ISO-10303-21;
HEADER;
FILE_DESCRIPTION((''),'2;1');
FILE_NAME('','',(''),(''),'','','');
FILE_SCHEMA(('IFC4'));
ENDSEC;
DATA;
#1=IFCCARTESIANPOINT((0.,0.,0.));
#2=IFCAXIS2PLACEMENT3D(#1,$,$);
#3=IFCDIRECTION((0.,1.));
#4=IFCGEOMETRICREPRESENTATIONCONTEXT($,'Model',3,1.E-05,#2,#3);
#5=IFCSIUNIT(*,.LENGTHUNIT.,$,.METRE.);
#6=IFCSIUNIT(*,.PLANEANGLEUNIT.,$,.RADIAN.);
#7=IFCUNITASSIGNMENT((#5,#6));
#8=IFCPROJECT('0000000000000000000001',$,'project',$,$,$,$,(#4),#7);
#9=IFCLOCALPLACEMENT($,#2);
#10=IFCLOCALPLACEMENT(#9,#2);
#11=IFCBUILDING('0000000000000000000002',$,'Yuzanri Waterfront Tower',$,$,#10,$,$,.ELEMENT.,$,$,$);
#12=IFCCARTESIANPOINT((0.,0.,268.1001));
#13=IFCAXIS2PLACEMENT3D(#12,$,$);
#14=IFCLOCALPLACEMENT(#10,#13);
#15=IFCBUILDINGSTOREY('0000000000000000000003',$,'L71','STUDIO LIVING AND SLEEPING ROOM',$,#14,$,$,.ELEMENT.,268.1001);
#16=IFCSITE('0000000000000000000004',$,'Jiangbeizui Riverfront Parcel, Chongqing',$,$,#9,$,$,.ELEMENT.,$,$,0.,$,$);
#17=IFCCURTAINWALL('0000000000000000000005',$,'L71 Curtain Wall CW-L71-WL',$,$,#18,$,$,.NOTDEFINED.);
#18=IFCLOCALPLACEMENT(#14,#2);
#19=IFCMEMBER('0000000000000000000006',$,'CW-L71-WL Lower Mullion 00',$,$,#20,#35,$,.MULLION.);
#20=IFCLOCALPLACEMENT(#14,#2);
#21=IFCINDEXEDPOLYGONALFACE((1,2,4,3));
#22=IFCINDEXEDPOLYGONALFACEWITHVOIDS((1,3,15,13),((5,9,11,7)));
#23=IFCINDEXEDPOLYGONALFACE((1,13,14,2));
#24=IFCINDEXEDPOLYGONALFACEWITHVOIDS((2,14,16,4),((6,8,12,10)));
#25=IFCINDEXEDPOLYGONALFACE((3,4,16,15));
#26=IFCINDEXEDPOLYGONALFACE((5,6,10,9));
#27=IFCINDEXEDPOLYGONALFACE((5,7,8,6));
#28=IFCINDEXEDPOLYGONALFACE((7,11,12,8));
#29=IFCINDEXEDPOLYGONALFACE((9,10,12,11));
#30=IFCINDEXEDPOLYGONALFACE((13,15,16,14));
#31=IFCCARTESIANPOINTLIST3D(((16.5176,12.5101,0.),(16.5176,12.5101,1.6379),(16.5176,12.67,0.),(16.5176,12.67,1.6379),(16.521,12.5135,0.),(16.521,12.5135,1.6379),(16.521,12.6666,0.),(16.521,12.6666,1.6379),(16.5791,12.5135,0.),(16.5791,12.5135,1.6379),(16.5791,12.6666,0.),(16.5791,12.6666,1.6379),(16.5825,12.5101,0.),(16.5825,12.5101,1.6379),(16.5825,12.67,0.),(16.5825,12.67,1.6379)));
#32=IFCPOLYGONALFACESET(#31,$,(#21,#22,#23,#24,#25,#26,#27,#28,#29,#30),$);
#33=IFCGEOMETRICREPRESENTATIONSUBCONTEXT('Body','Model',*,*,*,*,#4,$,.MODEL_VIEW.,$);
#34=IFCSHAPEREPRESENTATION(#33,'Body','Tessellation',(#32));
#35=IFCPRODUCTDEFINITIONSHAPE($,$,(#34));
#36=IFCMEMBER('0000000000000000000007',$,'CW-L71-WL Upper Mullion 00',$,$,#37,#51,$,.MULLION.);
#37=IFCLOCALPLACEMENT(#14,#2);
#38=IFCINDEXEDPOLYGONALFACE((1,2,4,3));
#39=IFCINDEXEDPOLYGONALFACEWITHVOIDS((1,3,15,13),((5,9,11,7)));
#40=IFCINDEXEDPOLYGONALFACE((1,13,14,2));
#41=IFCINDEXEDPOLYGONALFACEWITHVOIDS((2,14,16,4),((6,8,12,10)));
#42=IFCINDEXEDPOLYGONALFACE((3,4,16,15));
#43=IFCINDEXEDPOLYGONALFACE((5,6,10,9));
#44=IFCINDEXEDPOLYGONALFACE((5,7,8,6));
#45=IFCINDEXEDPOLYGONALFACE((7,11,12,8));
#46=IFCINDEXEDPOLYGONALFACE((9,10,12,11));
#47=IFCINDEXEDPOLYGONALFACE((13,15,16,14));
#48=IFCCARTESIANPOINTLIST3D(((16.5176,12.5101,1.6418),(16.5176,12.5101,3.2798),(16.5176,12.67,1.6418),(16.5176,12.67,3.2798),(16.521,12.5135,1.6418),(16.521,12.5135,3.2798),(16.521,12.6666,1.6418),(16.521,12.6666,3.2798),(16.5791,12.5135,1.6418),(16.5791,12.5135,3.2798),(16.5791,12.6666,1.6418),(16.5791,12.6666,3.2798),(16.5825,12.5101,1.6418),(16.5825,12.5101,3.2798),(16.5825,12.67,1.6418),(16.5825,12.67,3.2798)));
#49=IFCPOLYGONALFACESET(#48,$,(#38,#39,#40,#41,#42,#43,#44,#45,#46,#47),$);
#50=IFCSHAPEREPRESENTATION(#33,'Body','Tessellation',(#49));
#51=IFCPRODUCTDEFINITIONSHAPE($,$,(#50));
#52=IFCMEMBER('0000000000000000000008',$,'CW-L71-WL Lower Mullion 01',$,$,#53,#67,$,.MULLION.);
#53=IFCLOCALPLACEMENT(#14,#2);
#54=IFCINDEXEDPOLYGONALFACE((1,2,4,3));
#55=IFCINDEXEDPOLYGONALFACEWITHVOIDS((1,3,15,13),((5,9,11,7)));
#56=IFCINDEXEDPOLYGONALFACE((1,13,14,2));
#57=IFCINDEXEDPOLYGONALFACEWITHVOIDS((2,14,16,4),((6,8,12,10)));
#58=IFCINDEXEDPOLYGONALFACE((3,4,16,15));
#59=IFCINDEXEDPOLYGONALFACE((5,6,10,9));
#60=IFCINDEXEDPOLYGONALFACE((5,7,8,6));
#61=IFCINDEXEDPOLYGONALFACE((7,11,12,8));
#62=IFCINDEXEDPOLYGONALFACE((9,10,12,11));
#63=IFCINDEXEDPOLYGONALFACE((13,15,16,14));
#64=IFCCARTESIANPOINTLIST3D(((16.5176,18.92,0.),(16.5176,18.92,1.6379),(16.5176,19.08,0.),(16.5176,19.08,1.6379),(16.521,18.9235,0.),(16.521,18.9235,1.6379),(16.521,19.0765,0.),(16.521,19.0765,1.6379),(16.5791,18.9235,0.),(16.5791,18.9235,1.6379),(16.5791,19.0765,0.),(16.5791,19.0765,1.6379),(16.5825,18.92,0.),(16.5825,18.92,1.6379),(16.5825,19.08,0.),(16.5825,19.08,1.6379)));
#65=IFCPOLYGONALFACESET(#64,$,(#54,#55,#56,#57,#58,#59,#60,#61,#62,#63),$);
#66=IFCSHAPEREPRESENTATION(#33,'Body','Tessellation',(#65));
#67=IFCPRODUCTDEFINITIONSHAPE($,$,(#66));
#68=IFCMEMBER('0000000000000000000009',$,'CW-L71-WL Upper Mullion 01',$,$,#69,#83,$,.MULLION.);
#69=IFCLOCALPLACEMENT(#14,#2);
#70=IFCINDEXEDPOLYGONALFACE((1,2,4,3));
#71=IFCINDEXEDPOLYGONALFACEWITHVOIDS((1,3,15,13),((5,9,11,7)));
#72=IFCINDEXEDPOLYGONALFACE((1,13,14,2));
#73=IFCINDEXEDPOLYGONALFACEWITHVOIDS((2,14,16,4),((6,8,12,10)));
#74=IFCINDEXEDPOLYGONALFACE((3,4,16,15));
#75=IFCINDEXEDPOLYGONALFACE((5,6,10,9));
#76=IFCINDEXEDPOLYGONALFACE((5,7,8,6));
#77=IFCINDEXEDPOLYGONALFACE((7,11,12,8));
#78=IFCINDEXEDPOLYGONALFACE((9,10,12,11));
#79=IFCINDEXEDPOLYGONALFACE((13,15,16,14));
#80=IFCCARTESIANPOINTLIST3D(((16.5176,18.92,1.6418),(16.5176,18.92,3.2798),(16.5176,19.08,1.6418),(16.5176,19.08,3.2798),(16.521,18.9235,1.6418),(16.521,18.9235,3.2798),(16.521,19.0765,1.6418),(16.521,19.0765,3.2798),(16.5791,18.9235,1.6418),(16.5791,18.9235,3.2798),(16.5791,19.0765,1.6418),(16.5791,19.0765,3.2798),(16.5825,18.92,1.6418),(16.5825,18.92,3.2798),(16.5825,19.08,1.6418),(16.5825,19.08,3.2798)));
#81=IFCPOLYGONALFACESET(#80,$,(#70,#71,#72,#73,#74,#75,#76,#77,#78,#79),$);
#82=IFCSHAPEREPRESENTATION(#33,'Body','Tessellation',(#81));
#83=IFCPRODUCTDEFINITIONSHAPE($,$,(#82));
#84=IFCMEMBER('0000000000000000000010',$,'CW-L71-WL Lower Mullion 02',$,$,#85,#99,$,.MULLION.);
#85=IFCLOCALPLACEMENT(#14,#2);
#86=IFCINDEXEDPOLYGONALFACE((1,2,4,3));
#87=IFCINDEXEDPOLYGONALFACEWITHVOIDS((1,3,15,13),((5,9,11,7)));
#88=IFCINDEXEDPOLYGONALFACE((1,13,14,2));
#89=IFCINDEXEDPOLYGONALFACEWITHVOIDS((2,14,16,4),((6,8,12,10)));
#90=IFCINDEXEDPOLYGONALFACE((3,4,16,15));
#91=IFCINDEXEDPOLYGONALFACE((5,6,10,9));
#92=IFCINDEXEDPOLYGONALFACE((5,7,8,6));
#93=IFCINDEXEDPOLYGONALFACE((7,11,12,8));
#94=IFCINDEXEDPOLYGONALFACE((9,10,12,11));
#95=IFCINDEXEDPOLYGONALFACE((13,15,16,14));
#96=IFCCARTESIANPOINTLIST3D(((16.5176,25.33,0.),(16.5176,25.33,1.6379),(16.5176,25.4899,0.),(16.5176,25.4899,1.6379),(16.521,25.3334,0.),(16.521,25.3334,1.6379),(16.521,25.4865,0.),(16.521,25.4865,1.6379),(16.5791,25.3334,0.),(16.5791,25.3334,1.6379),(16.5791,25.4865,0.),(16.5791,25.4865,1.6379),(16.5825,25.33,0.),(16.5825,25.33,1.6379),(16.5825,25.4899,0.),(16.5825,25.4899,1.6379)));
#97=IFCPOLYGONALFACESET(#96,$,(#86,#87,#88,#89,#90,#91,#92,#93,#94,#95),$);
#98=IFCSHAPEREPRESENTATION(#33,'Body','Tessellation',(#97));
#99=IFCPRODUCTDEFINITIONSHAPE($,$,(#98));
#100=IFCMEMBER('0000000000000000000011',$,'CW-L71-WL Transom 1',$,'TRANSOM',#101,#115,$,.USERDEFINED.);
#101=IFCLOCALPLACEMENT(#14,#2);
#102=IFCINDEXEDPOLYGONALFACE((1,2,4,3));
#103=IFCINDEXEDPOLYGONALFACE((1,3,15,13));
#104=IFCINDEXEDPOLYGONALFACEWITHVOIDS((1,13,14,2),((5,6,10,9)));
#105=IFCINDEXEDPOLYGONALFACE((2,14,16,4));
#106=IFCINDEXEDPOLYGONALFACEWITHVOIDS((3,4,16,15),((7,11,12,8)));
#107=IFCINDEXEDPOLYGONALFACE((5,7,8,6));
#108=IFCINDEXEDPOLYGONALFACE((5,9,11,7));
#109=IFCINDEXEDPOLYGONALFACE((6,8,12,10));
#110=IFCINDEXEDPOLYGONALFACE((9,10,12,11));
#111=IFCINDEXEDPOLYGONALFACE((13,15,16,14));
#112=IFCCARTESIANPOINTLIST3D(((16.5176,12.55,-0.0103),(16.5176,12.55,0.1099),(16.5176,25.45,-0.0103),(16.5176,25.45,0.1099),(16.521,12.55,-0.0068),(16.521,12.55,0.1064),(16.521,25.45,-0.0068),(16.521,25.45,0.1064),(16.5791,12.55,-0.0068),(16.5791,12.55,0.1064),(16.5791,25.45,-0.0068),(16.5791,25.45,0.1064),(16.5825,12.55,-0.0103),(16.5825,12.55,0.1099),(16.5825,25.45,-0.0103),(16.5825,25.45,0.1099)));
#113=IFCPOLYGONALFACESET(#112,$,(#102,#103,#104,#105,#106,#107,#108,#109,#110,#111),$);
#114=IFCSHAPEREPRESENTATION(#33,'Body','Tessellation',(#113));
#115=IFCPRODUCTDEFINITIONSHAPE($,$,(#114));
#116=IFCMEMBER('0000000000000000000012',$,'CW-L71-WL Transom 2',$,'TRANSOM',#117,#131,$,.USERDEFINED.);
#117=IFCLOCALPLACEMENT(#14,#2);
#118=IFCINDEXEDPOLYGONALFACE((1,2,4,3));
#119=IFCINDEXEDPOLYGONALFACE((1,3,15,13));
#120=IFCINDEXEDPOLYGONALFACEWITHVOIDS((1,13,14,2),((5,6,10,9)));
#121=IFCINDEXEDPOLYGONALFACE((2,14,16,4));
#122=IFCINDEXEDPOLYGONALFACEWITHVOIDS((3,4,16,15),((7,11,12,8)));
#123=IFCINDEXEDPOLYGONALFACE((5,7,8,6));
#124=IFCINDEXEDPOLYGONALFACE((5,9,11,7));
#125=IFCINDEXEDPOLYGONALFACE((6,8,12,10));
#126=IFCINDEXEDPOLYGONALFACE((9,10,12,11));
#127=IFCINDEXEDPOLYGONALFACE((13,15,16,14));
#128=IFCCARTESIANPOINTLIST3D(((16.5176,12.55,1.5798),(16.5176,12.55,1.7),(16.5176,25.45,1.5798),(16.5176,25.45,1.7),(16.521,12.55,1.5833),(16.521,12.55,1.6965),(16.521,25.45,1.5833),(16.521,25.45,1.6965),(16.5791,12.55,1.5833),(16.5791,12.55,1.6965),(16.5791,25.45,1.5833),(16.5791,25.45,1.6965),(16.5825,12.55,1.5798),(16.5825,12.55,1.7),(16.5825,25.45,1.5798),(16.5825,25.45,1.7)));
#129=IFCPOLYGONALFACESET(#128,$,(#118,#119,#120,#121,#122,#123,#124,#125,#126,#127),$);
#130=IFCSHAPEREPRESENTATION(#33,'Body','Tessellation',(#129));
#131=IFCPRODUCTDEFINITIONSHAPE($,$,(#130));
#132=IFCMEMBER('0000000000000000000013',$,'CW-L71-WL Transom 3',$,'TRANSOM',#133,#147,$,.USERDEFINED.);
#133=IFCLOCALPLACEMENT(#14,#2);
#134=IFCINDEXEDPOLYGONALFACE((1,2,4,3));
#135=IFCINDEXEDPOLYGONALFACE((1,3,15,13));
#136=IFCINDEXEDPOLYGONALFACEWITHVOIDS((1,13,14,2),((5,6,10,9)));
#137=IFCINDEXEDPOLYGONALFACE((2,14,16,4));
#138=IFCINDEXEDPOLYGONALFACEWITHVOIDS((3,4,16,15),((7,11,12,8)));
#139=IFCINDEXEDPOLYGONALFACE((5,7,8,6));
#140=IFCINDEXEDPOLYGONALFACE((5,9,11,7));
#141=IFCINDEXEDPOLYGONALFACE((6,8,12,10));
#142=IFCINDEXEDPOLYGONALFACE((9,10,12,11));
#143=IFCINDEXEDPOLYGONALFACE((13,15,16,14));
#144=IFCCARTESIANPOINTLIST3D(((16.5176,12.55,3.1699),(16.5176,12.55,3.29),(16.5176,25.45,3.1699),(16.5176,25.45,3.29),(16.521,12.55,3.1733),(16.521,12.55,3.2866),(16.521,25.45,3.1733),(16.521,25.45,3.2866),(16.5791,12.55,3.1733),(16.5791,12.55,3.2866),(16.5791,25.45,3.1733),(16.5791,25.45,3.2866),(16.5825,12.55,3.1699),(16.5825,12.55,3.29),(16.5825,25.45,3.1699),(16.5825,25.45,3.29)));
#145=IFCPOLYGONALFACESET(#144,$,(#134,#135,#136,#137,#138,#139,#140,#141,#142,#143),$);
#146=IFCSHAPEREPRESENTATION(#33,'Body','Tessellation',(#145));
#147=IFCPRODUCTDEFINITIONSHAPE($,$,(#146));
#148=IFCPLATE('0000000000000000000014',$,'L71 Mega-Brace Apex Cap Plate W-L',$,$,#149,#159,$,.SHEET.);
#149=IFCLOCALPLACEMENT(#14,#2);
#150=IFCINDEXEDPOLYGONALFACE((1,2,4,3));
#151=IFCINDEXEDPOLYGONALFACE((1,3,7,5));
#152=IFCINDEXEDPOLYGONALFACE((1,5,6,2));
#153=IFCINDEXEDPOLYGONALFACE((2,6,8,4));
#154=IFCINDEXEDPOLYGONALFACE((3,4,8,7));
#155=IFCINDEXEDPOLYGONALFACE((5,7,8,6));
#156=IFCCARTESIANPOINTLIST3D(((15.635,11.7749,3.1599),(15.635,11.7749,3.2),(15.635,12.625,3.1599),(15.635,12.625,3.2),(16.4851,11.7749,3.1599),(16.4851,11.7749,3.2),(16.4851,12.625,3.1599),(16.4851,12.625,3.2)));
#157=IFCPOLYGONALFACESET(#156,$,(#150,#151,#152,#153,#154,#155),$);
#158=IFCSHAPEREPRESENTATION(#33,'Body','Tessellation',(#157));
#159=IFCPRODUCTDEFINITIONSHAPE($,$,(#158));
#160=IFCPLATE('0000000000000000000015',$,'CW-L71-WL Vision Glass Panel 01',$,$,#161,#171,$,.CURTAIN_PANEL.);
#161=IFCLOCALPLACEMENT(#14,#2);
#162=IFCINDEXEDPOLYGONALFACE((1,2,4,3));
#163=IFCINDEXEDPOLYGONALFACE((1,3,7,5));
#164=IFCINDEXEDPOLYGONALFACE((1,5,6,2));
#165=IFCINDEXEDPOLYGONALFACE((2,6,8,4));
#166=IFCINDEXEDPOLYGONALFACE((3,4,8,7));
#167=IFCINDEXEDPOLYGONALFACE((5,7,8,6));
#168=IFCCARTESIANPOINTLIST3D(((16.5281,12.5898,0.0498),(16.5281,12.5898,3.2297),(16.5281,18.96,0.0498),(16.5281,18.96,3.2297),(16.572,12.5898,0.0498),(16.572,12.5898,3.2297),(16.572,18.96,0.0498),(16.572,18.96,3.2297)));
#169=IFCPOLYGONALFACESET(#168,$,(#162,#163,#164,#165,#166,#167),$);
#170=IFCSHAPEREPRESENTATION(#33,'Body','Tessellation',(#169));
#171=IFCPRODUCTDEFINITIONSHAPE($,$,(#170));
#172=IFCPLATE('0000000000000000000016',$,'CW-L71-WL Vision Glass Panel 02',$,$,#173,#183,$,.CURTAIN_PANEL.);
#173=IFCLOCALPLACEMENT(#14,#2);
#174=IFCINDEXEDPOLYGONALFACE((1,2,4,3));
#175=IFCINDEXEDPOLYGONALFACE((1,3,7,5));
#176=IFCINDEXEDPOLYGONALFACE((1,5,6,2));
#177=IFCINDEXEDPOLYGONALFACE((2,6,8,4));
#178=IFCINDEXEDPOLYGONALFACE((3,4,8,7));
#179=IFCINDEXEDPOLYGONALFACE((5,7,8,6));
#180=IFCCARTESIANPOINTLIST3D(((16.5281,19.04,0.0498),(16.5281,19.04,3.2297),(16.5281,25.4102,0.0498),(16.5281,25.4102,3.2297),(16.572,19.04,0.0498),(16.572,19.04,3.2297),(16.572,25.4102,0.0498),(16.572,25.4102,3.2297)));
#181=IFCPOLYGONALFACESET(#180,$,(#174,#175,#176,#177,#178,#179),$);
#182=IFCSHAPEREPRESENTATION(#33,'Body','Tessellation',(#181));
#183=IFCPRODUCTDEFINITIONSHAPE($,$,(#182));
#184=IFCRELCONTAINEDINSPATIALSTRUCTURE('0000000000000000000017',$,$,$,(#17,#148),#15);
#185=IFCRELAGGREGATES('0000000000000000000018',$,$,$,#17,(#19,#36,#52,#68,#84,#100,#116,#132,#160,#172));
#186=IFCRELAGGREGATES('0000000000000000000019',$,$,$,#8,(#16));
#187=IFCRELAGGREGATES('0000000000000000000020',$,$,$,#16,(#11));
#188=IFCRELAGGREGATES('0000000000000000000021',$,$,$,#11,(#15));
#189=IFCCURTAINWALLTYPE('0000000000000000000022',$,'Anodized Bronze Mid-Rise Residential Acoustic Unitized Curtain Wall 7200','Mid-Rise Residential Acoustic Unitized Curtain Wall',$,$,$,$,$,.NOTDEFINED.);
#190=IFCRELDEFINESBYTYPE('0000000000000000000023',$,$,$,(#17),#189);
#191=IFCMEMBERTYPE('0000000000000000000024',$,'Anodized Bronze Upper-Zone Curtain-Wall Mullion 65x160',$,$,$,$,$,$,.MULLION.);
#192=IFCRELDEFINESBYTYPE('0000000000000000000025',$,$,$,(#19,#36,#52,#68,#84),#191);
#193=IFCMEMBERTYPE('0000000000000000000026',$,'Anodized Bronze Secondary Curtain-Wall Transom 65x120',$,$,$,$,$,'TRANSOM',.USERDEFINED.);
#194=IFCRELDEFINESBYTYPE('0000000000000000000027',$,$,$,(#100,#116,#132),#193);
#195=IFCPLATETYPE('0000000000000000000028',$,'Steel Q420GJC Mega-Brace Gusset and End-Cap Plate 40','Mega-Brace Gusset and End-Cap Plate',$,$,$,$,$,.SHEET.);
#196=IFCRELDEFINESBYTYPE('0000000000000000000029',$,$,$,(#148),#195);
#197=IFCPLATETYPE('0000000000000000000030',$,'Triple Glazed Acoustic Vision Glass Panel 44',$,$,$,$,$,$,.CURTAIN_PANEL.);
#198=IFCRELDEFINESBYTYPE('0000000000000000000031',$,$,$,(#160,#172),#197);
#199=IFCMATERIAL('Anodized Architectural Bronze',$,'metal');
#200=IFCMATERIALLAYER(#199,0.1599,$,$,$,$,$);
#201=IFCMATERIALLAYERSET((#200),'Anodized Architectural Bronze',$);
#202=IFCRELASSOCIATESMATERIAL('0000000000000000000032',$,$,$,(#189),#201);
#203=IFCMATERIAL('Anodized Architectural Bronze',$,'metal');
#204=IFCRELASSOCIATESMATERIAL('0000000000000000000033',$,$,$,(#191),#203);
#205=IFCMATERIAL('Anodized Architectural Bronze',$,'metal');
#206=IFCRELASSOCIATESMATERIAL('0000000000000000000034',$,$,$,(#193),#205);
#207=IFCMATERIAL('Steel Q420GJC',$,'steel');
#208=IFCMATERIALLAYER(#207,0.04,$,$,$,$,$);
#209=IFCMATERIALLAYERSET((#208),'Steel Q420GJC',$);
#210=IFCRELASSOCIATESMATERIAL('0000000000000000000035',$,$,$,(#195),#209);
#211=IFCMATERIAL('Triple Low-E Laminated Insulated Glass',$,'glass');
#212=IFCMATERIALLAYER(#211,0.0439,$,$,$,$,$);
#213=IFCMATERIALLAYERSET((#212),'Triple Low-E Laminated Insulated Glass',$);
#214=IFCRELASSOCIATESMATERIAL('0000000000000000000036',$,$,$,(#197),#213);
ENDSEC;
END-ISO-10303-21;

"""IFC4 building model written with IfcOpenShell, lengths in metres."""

from ifc_helpers import new_model, si_unit, direction, frame, origin, origin_2d, place, context, subcontext, project, spatial, rectangle, hollow_rectangle, extrude, source, transform, mapped, material, layer, layer_set, material_profile, profile_set, type_object, element, aggregate, save


model = new_model("IFC4")

# Units and contexts
model_context = context("Model", 3, precision=1e-05, world=origin(), true_north=direction((0.0, 1.0)))
body_context = subcontext(model_context, "Body", "Model", "MODEL_VIEW")
ifc_project = project(units=[si_unit("LENGTHUNIT", "METRE"), si_unit("PLANEANGLEUNIT", "RADIAN")], contexts=[model_context])

# Site, building, storey
site_placement = place(None, origin())
site = spatial("IfcSite", under=ifc_project, at=site_placement, Name="Jiangbeizui Riverfront Parcel, Chongqing", CompositionType="ELEMENT", RefElevation=0.0)
building_placement = place(site_placement, origin())
building = spatial("IfcBuilding", under=site, at=building_placement, Name="Yuzanri Waterfront Tower", CompositionType="ELEMENT")
storey_placement = place(building_placement, frame((0.0, 0.0, 268.1001)))
storey = spatial("IfcBuildingStorey", under=building, at=storey_placement, Name="L71", Description="STUDIO LIVING AND SLEEPING ROOM", CompositionType="ELEMENT", Elevation=268.1001)

# Curtain wall, members
ifc_material_1 = material(Name="Anodized Architectural Bronze", Category="metal")
ifc_layer_1 = layer(ifc_material_1, 0.1599)
ifc_layer_set_1 = layer_set([ifc_layer_1], Name="Anodized Architectural Bronze")
curtain_wall_type = type_object("IfcCurtainWallType", Name="Anodized Bronze Mid-Rise Residential Acoustic Unitized Curtain Wall 7200", Description="Mid-Rise Residential Acoustic Unitized Curtain Wall", PredefinedType="NOTDEFINED", material=ifc_layer_set_1)
curtain_wall_placement = place(storey_placement, origin())
curtain_wall = element("IfcCurtainWall", 1, at=curtain_wall_placement, inside=storey, type_object=curtain_wall_type, Name="L71 Curtain Wall CW-L71-WL", PredefinedType="NOTDEFINED")
ifc_material_2 = material(Name="Anodized Architectural Bronze", Category="metal")
ifc_material_profile_1 = material_profile(ifc_material_2, hollow_rectangle(XDim=0.0649, YDim=0.1599, WallThickness=0.0034, at=origin_2d()), Name="CWM 65x160")
ifc_profile_set_1 = profile_set([ifc_material_profile_1], Name="Anodized Architectural Bronze")
member_type_1 = type_object("IfcMemberType", Name="Anodized Bronze Upper-Zone Curtain-Wall Mullion 65x160", PredefinedType="MULLION", material=ifc_profile_set_1)
shared_shape_1 = source(origin(), body_context, "Body", "SweptSolid", [
    extrude(hollow_rectangle(XDim=0.0649, YDim=0.1599, WallThickness=0.0034, at=origin_2d()), origin(), (0.0, 0.0, 1.0), 1.6379),
])
member_1_placement = place(storey_placement, frame((16.55, 12.5901, 0.0), z_axis=(0.0, 0.0, 1.0), x_axis=(1.0, 0.0, 0.0)))
member_1 = element("IfcMember", 2, at=member_1_placement, type_object=member_type_1, Name="CW-L71-WL Lower Mullion 00", PredefinedType="MULLION", context=body_context, shape_type="MappedRepresentation", body=[
    mapped(shared_shape_1, transform((0.0, 0.0, 0.0), scale=1.0)),
])
member_2_placement = place(storey_placement, frame((16.55, 12.5901, 1.6418), z_axis=(0.0, 0.0, 1.0), x_axis=(1.0, 0.0, 0.0)))
member_2 = element("IfcMember", 3, at=member_2_placement, type_object=member_type_1, Name="CW-L71-WL Upper Mullion 00", PredefinedType="MULLION", context=body_context, shape_type="MappedRepresentation", body=[
    mapped(shared_shape_1, transform((0.0, 0.0, 0.0), scale=1.0)),
])
member_3_placement = place(storey_placement, frame((16.55, 19.0, 0.0), z_axis=(0.0, 0.0, 1.0), x_axis=(1.0, 0.0, 0.0)))
member_3 = element("IfcMember", 4, at=member_3_placement, type_object=member_type_1, Name="CW-L71-WL Lower Mullion 01", PredefinedType="MULLION", context=body_context, shape_type="MappedRepresentation", body=[
    mapped(shared_shape_1, transform((0.0, 0.0, 0.0), scale=1.0)),
])
member_4_placement = place(storey_placement, frame((16.55, 19.0, 1.6418), z_axis=(0.0, 0.0, 1.0), x_axis=(1.0, 0.0, 0.0)))
member_4 = element("IfcMember", 5, at=member_4_placement, type_object=member_type_1, Name="CW-L71-WL Upper Mullion 01", PredefinedType="MULLION", context=body_context, shape_type="MappedRepresentation", body=[
    mapped(shared_shape_1, transform((0.0, 0.0, 0.0), scale=1.0)),
])
member_5_placement = place(storey_placement, frame((16.55, 25.4099, 0.0), z_axis=(0.0, 0.0, 1.0), x_axis=(1.0, 0.0, 0.0)))
member_5 = element("IfcMember", 6, at=member_5_placement, type_object=member_type_1, Name="CW-L71-WL Lower Mullion 02", PredefinedType="MULLION", context=body_context, shape_type="MappedRepresentation", body=[
    mapped(shared_shape_1, transform((0.0, 0.0, 0.0), scale=1.0)),
])
ifc_material_3 = material(Name="Anodized Architectural Bronze", Category="metal")
ifc_material_profile_2 = material_profile(ifc_material_3, hollow_rectangle(XDim=0.0649, YDim=0.1201, WallThickness=0.0034, at=origin_2d()), Name="CWT 65x120")
ifc_profile_set_2 = profile_set([ifc_material_profile_2], Name="Anodized Architectural Bronze")
member_type_2 = type_object("IfcMemberType", Name="Anodized Bronze Secondary Curtain-Wall Transom 65x120", ElementType="TRANSOM", PredefinedType="USERDEFINED", material=ifc_profile_set_2)
shared_shape_2 = source(origin(), body_context, "Body", "SweptSolid", [
    extrude(hollow_rectangle(XDim=0.0649, YDim=0.1201, WallThickness=0.0034, at=origin_2d()), origin(), (0.0, 0.0, 1.0), 12.8999),
])
member_6_placement = place(storey_placement, frame((16.55, 12.55, 0.0498), z_axis=(0.0, 1.0, 0.0), x_axis=(-1.0, 0.0, 0.0)))
member_6 = element("IfcMember", 7, at=member_6_placement, type_object=member_type_2, Name="CW-L71-WL Transom 1", ObjectType="TRANSOM", PredefinedType="USERDEFINED", context=body_context, shape_type="MappedRepresentation", body=[
    mapped(shared_shape_2, transform((0.0, 0.0, 0.0), scale=1.0)),
])
member_7_placement = place(storey_placement, frame((16.55, 12.55, 1.6399), z_axis=(0.0, 1.0, 0.0), x_axis=(-1.0, 0.0, 0.0)))
member_7 = element("IfcMember", 8, at=member_7_placement, type_object=member_type_2, Name="CW-L71-WL Transom 2", ObjectType="TRANSOM", PredefinedType="USERDEFINED", context=body_context, shape_type="MappedRepresentation", body=[
    mapped(shared_shape_2, transform((0.0, 0.0, 0.0), scale=1.0)),
])
member_8_placement = place(storey_placement, frame((16.55, 12.55, 3.23), z_axis=(0.0, 1.0, 0.0), x_axis=(-1.0, 0.0, 0.0)))
member_8 = element("IfcMember", 9, at=member_8_placement, type_object=member_type_2, Name="CW-L71-WL Transom 3", ObjectType="TRANSOM", PredefinedType="USERDEFINED", context=body_context, shape_type="MappedRepresentation", body=[
    mapped(shared_shape_2, transform((0.0, 0.0, 0.0), scale=1.0)),
])

# Plates
ifc_material_4 = material(Name="Steel Q420GJC", Category="steel")
ifc_layer_2 = layer(ifc_material_4, 0.04)
ifc_layer_set_2 = layer_set([ifc_layer_2], Name="Steel Q420GJC")
plate_type_1 = type_object("IfcPlateType", Name="Steel Q420GJC Mega-Brace Gusset and End-Cap Plate 40", Description="Mega-Brace Gusset and End-Cap Plate", PredefinedType="SHEET", material=ifc_layer_set_2)
shared_shape_3 = source(origin(), body_context, "Body", "SweptSolid", [
    extrude(rectangle(XDim=0.8501, YDim=0.8501, at=origin_2d()), origin(), (0.0, 0.0, 1.0), 0.04),
])
plate_1_placement = place(storey_placement, frame((16.0601, 12.2, 3.1599), z_axis=(0.0, 0.0, 1.0), x_axis=(1.0, 0.0, 0.0)))
element("IfcPlate", 10, at=plate_1_placement, inside=storey, type_object=plate_type_1, Name="L71 Mega-Brace Apex Cap Plate W-L", PredefinedType="SHEET", context=body_context, shape_type="MappedRepresentation", body=[
    mapped(shared_shape_3, transform((0.0, 0.0, 0.0), scale=1.0)),
])
ifc_material_5 = material(Name="Triple Low-E Laminated Insulated Glass", Category="glass")
ifc_layer_3 = layer(ifc_material_5, 0.0439)
ifc_layer_set_3 = layer_set([ifc_layer_3], Name="Triple Low-E Laminated Insulated Glass")
plate_type_2 = type_object("IfcPlateType", Name="Triple Glazed Acoustic Vision Glass Panel 44", PredefinedType="CURTAIN_PANEL", material=ifc_layer_set_3)
shared_shape_4 = source(origin(), body_context, "Body", "SweptSolid", [
    extrude(rectangle(XDim=6.3701, YDim=0.0439, at=origin_2d()), origin(), (0.0, 0.0, 1.0), 3.1799),
])
plate_2_placement = place(storey_placement, frame((16.55, 15.7749, 0.0498), z_axis=(0.0, 0.0, 1.0), x_axis=(0.0, 1.0, 0.0)))
plate_2 = element("IfcPlate", 11, at=plate_2_placement, type_object=plate_type_2, Name="CW-L71-WL Vision Glass Panel 01", PredefinedType="CURTAIN_PANEL", context=body_context, shape_type="MappedRepresentation", body=[
    mapped(shared_shape_4, transform((0.0, 0.0, 0.0), scale=1.0)),
])
plate_3_placement = place(storey_placement, frame((16.55, 22.2251, 0.0498), z_axis=(0.0, 0.0, 1.0), x_axis=(0.0, 1.0, 0.0)))
plate_3 = element("IfcPlate", 12, at=plate_3_placement, type_object=plate_type_2, Name="CW-L71-WL Vision Glass Panel 02", PredefinedType="CURTAIN_PANEL", context=body_context, shape_type="MappedRepresentation", body=[
    mapped(shared_shape_4, transform((0.0, 0.0, 0.0), scale=1.0)),
])
aggregate(curtain_wall, [member_1, member_2, member_3, member_4, member_5, member_6, member_7, member_8, plate_2, plate_3])

save(model, "model.ifc")
